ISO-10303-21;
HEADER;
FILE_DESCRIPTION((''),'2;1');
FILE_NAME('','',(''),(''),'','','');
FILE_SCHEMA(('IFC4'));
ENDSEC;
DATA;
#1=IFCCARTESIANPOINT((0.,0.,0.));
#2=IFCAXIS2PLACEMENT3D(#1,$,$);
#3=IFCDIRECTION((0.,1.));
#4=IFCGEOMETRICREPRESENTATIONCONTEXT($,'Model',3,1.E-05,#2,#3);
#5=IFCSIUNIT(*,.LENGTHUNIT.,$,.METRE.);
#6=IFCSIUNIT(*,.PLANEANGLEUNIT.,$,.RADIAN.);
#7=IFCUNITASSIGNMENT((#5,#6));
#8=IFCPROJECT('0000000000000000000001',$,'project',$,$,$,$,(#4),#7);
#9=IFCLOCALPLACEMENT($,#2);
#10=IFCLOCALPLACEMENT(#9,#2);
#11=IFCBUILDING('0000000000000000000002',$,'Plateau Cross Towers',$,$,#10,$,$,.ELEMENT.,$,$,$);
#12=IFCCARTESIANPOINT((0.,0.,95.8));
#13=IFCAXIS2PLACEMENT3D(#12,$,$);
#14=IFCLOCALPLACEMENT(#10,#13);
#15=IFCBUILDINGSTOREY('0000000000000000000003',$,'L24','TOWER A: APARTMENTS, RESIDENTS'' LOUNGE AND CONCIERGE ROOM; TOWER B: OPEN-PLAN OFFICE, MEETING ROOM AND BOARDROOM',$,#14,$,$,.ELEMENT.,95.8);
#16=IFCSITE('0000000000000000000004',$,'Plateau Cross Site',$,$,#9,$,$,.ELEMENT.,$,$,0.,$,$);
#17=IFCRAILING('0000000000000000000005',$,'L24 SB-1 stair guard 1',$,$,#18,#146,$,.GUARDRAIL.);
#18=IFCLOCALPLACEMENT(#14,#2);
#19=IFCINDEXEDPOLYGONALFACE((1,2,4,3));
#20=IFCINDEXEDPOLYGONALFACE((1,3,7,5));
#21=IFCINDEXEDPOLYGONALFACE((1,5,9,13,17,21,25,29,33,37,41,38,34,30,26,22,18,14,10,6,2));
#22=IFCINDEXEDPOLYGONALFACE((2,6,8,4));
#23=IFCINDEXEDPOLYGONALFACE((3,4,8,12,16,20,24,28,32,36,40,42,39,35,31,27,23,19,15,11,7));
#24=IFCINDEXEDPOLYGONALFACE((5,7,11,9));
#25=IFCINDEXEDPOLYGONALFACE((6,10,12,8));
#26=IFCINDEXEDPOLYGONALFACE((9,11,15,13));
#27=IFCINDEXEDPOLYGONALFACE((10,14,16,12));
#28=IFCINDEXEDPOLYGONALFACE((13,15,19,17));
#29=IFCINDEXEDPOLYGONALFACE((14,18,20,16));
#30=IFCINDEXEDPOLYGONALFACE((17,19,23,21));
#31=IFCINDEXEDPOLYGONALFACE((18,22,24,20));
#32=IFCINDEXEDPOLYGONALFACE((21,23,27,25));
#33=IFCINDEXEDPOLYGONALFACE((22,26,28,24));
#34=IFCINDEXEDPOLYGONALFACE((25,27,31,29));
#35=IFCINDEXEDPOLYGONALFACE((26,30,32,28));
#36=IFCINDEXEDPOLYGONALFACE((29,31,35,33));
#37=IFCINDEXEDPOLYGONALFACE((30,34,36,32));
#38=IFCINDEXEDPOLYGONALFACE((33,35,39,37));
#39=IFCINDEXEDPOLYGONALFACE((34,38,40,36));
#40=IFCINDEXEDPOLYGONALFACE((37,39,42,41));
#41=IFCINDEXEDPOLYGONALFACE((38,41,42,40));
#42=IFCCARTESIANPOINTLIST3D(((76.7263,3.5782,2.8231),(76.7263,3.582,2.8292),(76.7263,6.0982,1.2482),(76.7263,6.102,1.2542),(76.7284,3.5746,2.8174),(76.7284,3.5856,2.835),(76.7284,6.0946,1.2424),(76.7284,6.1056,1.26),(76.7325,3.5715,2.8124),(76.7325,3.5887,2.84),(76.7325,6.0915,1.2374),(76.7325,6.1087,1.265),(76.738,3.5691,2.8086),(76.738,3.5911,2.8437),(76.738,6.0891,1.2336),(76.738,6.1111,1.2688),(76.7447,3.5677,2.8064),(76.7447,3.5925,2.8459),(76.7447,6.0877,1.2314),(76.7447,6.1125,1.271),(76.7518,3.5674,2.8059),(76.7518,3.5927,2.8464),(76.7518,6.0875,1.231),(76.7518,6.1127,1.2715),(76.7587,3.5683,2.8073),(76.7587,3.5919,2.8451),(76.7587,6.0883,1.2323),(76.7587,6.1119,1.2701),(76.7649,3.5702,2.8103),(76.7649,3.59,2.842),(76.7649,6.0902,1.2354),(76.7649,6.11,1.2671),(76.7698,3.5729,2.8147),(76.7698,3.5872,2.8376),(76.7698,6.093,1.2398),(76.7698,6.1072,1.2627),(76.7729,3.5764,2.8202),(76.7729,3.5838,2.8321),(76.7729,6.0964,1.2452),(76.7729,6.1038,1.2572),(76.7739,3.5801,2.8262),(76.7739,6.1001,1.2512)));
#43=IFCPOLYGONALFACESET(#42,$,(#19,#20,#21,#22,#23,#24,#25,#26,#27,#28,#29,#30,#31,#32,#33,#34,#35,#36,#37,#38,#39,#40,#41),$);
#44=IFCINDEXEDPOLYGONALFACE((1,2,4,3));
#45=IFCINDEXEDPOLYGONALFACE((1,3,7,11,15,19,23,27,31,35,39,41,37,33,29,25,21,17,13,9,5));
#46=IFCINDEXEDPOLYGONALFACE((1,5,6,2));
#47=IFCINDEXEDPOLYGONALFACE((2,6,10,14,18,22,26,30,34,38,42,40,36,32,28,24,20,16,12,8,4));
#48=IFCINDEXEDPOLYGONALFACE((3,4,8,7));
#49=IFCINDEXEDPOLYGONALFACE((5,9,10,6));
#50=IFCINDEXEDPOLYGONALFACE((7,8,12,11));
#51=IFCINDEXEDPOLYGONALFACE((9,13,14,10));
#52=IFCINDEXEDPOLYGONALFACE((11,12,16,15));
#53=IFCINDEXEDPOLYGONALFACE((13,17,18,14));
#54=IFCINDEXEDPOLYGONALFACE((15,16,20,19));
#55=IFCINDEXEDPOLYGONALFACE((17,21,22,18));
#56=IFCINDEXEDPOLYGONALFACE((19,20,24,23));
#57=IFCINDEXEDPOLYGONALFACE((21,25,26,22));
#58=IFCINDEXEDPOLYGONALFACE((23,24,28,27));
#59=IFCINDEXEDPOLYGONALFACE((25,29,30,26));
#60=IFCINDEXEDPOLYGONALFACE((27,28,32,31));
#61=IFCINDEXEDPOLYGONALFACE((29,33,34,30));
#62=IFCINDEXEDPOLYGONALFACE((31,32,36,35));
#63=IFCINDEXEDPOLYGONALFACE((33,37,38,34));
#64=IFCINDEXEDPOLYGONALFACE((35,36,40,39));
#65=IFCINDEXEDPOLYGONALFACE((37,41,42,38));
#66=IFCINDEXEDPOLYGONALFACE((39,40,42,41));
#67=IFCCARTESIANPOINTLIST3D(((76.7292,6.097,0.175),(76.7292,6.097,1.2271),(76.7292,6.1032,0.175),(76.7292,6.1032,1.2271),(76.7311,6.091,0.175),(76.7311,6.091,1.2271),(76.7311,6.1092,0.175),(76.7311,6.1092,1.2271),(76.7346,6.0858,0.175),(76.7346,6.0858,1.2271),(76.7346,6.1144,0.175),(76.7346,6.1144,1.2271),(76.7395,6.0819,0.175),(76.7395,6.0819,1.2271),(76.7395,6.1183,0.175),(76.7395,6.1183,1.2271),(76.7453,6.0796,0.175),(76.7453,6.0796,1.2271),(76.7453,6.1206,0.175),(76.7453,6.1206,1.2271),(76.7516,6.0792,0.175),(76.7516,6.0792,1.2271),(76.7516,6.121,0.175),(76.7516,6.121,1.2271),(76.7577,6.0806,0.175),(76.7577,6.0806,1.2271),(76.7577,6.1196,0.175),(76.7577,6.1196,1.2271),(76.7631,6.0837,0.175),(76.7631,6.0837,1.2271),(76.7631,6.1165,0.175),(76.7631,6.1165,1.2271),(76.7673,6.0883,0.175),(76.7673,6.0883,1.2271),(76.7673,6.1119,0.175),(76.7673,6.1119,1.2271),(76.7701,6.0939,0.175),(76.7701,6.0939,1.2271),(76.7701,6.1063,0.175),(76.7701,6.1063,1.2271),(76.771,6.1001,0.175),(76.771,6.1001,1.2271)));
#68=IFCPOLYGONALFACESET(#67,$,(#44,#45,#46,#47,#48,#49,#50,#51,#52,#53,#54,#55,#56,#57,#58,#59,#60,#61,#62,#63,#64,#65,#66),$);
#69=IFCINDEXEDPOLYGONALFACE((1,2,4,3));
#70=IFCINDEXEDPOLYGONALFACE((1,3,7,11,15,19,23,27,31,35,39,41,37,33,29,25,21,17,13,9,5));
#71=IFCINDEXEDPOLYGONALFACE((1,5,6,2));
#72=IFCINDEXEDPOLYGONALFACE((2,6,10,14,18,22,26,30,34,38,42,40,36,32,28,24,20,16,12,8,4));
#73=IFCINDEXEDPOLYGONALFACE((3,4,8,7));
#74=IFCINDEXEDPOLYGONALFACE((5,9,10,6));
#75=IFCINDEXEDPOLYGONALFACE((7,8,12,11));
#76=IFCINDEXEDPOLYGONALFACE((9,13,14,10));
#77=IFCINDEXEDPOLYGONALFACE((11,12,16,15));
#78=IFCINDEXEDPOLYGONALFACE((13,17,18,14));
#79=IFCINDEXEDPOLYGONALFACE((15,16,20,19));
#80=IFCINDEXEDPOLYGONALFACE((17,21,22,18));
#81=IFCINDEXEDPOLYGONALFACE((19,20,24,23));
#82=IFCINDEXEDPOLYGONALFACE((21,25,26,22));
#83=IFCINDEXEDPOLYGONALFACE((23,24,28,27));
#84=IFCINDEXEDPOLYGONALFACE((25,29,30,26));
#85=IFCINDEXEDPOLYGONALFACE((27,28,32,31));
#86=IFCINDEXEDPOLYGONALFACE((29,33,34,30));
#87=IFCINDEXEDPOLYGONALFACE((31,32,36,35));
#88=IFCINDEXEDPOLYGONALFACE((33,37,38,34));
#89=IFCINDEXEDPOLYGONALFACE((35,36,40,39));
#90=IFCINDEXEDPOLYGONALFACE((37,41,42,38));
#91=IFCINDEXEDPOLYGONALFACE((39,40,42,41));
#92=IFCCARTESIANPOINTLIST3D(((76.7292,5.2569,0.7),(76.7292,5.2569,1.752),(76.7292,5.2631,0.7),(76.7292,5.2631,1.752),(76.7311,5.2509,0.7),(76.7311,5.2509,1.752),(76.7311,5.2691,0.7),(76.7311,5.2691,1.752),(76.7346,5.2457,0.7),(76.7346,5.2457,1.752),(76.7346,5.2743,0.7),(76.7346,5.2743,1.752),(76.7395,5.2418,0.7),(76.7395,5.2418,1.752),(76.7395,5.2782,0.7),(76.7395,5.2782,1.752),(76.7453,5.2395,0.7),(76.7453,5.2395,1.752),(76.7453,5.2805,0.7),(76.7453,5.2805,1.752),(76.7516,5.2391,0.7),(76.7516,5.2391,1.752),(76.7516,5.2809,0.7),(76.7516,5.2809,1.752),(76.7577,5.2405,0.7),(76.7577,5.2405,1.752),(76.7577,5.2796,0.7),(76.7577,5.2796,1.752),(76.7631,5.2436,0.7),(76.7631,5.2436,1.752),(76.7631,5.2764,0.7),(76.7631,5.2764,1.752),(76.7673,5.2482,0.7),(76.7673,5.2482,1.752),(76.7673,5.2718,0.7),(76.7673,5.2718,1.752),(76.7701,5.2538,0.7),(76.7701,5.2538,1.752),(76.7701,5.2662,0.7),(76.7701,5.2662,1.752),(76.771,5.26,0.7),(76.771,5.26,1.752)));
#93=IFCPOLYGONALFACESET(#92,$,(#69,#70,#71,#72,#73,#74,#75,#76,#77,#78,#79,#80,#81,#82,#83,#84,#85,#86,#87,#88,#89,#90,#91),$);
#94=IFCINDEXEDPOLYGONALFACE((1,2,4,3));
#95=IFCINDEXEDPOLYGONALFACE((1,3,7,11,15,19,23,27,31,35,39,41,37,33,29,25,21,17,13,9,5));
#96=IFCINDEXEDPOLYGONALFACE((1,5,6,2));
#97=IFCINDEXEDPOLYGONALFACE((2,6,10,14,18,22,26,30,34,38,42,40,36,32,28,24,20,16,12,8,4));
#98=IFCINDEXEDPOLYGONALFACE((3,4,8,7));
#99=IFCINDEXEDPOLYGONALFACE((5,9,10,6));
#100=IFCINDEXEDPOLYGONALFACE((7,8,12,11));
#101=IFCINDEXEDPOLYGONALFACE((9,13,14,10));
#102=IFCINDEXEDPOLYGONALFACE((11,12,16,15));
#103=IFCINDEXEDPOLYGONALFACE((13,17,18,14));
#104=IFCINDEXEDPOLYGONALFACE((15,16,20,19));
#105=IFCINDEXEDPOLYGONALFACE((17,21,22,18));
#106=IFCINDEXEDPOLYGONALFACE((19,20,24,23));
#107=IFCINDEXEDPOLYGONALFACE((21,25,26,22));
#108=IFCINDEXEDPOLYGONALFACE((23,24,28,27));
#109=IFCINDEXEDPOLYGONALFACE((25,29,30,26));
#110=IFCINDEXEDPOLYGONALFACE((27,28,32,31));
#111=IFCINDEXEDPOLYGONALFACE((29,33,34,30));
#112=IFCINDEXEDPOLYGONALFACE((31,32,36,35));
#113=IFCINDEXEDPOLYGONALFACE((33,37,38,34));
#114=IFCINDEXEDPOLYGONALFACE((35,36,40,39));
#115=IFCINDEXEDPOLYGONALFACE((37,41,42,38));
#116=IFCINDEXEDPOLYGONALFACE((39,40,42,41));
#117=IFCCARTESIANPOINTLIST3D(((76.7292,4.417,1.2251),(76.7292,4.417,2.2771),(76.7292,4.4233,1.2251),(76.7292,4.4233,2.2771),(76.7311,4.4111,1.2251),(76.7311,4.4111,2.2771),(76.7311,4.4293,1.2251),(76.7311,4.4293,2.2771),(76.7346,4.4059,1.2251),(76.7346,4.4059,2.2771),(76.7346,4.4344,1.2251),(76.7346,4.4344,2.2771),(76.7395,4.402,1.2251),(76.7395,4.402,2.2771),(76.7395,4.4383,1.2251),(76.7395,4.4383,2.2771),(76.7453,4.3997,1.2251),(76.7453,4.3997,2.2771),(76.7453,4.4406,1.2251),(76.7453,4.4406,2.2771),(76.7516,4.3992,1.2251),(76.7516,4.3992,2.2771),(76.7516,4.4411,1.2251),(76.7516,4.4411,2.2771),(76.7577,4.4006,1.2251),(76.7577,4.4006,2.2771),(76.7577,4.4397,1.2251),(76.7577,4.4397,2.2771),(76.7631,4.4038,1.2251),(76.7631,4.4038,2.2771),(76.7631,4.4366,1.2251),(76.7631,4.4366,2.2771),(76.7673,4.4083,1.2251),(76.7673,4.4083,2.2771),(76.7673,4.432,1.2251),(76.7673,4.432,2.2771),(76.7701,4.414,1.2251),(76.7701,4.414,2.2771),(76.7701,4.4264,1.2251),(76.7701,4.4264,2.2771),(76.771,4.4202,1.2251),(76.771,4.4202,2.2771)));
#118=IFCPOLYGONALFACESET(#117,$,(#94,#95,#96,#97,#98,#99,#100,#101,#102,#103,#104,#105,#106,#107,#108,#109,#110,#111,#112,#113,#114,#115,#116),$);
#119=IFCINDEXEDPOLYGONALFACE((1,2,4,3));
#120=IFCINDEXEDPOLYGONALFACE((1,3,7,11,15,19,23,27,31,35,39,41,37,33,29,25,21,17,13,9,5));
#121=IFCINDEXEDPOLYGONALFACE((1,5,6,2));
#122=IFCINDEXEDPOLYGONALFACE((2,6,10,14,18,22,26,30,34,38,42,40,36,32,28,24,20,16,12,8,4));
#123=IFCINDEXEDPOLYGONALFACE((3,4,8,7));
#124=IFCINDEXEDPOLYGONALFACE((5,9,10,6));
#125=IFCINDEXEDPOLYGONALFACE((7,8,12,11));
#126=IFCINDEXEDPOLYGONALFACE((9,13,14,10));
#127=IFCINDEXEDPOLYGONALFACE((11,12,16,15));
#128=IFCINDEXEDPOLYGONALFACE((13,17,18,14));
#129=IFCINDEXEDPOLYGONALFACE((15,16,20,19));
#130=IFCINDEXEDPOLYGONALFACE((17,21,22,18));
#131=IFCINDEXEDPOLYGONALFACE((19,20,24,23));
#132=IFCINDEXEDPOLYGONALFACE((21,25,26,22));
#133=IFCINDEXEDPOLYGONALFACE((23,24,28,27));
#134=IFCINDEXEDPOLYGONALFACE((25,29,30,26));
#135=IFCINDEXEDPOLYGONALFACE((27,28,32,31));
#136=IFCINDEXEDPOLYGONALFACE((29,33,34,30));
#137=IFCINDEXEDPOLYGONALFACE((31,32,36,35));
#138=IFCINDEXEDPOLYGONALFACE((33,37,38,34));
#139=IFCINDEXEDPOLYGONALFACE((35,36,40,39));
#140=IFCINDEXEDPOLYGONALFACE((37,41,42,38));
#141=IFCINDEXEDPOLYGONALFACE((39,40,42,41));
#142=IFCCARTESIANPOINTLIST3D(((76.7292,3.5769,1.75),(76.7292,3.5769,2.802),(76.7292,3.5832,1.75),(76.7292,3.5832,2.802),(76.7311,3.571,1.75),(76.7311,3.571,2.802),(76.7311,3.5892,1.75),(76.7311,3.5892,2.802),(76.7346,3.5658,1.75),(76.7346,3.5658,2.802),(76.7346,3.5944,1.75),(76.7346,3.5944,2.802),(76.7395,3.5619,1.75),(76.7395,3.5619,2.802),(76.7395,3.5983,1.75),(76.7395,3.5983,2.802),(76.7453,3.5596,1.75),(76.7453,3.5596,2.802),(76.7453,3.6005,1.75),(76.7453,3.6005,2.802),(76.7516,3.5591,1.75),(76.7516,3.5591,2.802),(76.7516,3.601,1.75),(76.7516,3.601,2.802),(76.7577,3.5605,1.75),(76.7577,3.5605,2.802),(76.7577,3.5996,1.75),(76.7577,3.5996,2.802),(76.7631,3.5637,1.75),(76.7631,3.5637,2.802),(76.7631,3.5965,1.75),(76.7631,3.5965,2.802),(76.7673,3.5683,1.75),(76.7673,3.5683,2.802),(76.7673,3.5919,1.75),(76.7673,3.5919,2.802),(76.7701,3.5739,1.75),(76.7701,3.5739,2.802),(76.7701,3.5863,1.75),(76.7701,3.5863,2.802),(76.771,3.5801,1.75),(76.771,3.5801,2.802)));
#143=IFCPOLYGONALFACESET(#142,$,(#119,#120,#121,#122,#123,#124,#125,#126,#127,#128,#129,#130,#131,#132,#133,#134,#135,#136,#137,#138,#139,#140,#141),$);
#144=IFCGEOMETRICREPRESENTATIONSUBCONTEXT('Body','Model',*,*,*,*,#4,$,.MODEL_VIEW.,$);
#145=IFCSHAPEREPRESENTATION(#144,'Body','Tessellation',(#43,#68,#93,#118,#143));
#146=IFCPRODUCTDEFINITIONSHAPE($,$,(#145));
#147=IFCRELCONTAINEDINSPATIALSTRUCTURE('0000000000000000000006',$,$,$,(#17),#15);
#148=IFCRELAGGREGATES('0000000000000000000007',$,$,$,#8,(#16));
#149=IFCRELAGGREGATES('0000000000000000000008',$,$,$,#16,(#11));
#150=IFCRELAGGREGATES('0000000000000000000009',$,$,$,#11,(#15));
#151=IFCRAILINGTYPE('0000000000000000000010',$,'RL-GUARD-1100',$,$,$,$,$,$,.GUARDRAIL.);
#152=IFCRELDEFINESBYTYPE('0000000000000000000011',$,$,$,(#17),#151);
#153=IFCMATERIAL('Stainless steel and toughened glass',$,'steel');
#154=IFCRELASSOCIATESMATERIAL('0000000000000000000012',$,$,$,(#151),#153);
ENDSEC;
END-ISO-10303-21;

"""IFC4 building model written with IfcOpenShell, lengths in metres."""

from ifc_helpers import new_model, si_unit, direction, frame, origin, origin_2d, place, context, subcontext, project, spatial, circle, extrude, material, type_object, element, save


model = new_model("IFC4")

# Units and contexts
model_context = context("Model", 3, precision=1e-05, world=origin(), true_north=direction((0.0, 1.0)))
body_context = subcontext(model_context, "Body", "Model", "MODEL_VIEW")
ifc_project = project(units=[si_unit("LENGTHUNIT", "METRE"), si_unit("PLANEANGLEUNIT", "RADIAN")], contexts=[model_context])

# Site, building, storey
site_placement = place(None, origin())
site = spatial("IfcSite", under=ifc_project, at=site_placement, Name="Plateau Cross Site", CompositionType="ELEMENT", RefElevation=0.0)
building_placement = place(site_placement, origin())
building = spatial("IfcBuilding", under=site, at=building_placement, Name="Plateau Cross Towers", CompositionType="ELEMENT")
storey_placement = place(building_placement, frame((0.0, 0.0, 95.8)))
storey = spatial("IfcBuildingStorey", under=building, at=storey_placement, Name="L24", Description="TOWER A: APARTMENTS, RESIDENTS' LOUNGE AND CONCIERGE ROOM; TOWER B: OPEN-PLAN OFFICE, MEETING ROOM AND BOARDROOM", CompositionType="ELEMENT", Elevation=95.8)

# Railing
ifc_material_1 = material(Name="Stainless steel and toughened glass", Category="steel")
railing_type_1 = type_object("IfcRailingType", Name="RL-GUARD-1100", PredefinedType="GUARDRAIL", material=ifc_material_1)
railing_1_placement = place(storey_placement, frame((76.75, 6.1001, 0.175)))
element("IfcRailing", 1, at=railing_1_placement, inside=storey, type_object=railing_type_1, Name="L24 SB-1 stair guard 1", PredefinedType="GUARDRAIL", context=body_context, shape_type="SweptSolid", body=[
    extrude(circle(Radius=0.0239, at=origin_2d()), frame((0.0, 0.0, 1.0762), z_axis=(0.0, -0.848008, 0.529984), x_axis=(1.0, 0.0, 0.0)), (0.0, 0.0, 1.0), 2.9717),
    extrude(circle(Radius=0.021, at=origin_2d()), origin(), (0.0, 0.0, 1.0), 1.052),
    extrude(circle(Radius=0.021, at=origin_2d()), frame((0.0, -0.8401, 0.5249)), (0.0, 0.0, 1.0), 1.052),
    extrude(circle(Radius=0.021, at=origin_2d()), frame((0.0, -1.6799, 1.05)), (0.0, 0.0, 1.0), 1.052),
    extrude(circle(Radius=0.021, at=origin_2d()), frame((0.0, -2.52, 1.575)), (0.0, 0.0, 1.0), 1.052),
])

save(model, "model.ifc")
